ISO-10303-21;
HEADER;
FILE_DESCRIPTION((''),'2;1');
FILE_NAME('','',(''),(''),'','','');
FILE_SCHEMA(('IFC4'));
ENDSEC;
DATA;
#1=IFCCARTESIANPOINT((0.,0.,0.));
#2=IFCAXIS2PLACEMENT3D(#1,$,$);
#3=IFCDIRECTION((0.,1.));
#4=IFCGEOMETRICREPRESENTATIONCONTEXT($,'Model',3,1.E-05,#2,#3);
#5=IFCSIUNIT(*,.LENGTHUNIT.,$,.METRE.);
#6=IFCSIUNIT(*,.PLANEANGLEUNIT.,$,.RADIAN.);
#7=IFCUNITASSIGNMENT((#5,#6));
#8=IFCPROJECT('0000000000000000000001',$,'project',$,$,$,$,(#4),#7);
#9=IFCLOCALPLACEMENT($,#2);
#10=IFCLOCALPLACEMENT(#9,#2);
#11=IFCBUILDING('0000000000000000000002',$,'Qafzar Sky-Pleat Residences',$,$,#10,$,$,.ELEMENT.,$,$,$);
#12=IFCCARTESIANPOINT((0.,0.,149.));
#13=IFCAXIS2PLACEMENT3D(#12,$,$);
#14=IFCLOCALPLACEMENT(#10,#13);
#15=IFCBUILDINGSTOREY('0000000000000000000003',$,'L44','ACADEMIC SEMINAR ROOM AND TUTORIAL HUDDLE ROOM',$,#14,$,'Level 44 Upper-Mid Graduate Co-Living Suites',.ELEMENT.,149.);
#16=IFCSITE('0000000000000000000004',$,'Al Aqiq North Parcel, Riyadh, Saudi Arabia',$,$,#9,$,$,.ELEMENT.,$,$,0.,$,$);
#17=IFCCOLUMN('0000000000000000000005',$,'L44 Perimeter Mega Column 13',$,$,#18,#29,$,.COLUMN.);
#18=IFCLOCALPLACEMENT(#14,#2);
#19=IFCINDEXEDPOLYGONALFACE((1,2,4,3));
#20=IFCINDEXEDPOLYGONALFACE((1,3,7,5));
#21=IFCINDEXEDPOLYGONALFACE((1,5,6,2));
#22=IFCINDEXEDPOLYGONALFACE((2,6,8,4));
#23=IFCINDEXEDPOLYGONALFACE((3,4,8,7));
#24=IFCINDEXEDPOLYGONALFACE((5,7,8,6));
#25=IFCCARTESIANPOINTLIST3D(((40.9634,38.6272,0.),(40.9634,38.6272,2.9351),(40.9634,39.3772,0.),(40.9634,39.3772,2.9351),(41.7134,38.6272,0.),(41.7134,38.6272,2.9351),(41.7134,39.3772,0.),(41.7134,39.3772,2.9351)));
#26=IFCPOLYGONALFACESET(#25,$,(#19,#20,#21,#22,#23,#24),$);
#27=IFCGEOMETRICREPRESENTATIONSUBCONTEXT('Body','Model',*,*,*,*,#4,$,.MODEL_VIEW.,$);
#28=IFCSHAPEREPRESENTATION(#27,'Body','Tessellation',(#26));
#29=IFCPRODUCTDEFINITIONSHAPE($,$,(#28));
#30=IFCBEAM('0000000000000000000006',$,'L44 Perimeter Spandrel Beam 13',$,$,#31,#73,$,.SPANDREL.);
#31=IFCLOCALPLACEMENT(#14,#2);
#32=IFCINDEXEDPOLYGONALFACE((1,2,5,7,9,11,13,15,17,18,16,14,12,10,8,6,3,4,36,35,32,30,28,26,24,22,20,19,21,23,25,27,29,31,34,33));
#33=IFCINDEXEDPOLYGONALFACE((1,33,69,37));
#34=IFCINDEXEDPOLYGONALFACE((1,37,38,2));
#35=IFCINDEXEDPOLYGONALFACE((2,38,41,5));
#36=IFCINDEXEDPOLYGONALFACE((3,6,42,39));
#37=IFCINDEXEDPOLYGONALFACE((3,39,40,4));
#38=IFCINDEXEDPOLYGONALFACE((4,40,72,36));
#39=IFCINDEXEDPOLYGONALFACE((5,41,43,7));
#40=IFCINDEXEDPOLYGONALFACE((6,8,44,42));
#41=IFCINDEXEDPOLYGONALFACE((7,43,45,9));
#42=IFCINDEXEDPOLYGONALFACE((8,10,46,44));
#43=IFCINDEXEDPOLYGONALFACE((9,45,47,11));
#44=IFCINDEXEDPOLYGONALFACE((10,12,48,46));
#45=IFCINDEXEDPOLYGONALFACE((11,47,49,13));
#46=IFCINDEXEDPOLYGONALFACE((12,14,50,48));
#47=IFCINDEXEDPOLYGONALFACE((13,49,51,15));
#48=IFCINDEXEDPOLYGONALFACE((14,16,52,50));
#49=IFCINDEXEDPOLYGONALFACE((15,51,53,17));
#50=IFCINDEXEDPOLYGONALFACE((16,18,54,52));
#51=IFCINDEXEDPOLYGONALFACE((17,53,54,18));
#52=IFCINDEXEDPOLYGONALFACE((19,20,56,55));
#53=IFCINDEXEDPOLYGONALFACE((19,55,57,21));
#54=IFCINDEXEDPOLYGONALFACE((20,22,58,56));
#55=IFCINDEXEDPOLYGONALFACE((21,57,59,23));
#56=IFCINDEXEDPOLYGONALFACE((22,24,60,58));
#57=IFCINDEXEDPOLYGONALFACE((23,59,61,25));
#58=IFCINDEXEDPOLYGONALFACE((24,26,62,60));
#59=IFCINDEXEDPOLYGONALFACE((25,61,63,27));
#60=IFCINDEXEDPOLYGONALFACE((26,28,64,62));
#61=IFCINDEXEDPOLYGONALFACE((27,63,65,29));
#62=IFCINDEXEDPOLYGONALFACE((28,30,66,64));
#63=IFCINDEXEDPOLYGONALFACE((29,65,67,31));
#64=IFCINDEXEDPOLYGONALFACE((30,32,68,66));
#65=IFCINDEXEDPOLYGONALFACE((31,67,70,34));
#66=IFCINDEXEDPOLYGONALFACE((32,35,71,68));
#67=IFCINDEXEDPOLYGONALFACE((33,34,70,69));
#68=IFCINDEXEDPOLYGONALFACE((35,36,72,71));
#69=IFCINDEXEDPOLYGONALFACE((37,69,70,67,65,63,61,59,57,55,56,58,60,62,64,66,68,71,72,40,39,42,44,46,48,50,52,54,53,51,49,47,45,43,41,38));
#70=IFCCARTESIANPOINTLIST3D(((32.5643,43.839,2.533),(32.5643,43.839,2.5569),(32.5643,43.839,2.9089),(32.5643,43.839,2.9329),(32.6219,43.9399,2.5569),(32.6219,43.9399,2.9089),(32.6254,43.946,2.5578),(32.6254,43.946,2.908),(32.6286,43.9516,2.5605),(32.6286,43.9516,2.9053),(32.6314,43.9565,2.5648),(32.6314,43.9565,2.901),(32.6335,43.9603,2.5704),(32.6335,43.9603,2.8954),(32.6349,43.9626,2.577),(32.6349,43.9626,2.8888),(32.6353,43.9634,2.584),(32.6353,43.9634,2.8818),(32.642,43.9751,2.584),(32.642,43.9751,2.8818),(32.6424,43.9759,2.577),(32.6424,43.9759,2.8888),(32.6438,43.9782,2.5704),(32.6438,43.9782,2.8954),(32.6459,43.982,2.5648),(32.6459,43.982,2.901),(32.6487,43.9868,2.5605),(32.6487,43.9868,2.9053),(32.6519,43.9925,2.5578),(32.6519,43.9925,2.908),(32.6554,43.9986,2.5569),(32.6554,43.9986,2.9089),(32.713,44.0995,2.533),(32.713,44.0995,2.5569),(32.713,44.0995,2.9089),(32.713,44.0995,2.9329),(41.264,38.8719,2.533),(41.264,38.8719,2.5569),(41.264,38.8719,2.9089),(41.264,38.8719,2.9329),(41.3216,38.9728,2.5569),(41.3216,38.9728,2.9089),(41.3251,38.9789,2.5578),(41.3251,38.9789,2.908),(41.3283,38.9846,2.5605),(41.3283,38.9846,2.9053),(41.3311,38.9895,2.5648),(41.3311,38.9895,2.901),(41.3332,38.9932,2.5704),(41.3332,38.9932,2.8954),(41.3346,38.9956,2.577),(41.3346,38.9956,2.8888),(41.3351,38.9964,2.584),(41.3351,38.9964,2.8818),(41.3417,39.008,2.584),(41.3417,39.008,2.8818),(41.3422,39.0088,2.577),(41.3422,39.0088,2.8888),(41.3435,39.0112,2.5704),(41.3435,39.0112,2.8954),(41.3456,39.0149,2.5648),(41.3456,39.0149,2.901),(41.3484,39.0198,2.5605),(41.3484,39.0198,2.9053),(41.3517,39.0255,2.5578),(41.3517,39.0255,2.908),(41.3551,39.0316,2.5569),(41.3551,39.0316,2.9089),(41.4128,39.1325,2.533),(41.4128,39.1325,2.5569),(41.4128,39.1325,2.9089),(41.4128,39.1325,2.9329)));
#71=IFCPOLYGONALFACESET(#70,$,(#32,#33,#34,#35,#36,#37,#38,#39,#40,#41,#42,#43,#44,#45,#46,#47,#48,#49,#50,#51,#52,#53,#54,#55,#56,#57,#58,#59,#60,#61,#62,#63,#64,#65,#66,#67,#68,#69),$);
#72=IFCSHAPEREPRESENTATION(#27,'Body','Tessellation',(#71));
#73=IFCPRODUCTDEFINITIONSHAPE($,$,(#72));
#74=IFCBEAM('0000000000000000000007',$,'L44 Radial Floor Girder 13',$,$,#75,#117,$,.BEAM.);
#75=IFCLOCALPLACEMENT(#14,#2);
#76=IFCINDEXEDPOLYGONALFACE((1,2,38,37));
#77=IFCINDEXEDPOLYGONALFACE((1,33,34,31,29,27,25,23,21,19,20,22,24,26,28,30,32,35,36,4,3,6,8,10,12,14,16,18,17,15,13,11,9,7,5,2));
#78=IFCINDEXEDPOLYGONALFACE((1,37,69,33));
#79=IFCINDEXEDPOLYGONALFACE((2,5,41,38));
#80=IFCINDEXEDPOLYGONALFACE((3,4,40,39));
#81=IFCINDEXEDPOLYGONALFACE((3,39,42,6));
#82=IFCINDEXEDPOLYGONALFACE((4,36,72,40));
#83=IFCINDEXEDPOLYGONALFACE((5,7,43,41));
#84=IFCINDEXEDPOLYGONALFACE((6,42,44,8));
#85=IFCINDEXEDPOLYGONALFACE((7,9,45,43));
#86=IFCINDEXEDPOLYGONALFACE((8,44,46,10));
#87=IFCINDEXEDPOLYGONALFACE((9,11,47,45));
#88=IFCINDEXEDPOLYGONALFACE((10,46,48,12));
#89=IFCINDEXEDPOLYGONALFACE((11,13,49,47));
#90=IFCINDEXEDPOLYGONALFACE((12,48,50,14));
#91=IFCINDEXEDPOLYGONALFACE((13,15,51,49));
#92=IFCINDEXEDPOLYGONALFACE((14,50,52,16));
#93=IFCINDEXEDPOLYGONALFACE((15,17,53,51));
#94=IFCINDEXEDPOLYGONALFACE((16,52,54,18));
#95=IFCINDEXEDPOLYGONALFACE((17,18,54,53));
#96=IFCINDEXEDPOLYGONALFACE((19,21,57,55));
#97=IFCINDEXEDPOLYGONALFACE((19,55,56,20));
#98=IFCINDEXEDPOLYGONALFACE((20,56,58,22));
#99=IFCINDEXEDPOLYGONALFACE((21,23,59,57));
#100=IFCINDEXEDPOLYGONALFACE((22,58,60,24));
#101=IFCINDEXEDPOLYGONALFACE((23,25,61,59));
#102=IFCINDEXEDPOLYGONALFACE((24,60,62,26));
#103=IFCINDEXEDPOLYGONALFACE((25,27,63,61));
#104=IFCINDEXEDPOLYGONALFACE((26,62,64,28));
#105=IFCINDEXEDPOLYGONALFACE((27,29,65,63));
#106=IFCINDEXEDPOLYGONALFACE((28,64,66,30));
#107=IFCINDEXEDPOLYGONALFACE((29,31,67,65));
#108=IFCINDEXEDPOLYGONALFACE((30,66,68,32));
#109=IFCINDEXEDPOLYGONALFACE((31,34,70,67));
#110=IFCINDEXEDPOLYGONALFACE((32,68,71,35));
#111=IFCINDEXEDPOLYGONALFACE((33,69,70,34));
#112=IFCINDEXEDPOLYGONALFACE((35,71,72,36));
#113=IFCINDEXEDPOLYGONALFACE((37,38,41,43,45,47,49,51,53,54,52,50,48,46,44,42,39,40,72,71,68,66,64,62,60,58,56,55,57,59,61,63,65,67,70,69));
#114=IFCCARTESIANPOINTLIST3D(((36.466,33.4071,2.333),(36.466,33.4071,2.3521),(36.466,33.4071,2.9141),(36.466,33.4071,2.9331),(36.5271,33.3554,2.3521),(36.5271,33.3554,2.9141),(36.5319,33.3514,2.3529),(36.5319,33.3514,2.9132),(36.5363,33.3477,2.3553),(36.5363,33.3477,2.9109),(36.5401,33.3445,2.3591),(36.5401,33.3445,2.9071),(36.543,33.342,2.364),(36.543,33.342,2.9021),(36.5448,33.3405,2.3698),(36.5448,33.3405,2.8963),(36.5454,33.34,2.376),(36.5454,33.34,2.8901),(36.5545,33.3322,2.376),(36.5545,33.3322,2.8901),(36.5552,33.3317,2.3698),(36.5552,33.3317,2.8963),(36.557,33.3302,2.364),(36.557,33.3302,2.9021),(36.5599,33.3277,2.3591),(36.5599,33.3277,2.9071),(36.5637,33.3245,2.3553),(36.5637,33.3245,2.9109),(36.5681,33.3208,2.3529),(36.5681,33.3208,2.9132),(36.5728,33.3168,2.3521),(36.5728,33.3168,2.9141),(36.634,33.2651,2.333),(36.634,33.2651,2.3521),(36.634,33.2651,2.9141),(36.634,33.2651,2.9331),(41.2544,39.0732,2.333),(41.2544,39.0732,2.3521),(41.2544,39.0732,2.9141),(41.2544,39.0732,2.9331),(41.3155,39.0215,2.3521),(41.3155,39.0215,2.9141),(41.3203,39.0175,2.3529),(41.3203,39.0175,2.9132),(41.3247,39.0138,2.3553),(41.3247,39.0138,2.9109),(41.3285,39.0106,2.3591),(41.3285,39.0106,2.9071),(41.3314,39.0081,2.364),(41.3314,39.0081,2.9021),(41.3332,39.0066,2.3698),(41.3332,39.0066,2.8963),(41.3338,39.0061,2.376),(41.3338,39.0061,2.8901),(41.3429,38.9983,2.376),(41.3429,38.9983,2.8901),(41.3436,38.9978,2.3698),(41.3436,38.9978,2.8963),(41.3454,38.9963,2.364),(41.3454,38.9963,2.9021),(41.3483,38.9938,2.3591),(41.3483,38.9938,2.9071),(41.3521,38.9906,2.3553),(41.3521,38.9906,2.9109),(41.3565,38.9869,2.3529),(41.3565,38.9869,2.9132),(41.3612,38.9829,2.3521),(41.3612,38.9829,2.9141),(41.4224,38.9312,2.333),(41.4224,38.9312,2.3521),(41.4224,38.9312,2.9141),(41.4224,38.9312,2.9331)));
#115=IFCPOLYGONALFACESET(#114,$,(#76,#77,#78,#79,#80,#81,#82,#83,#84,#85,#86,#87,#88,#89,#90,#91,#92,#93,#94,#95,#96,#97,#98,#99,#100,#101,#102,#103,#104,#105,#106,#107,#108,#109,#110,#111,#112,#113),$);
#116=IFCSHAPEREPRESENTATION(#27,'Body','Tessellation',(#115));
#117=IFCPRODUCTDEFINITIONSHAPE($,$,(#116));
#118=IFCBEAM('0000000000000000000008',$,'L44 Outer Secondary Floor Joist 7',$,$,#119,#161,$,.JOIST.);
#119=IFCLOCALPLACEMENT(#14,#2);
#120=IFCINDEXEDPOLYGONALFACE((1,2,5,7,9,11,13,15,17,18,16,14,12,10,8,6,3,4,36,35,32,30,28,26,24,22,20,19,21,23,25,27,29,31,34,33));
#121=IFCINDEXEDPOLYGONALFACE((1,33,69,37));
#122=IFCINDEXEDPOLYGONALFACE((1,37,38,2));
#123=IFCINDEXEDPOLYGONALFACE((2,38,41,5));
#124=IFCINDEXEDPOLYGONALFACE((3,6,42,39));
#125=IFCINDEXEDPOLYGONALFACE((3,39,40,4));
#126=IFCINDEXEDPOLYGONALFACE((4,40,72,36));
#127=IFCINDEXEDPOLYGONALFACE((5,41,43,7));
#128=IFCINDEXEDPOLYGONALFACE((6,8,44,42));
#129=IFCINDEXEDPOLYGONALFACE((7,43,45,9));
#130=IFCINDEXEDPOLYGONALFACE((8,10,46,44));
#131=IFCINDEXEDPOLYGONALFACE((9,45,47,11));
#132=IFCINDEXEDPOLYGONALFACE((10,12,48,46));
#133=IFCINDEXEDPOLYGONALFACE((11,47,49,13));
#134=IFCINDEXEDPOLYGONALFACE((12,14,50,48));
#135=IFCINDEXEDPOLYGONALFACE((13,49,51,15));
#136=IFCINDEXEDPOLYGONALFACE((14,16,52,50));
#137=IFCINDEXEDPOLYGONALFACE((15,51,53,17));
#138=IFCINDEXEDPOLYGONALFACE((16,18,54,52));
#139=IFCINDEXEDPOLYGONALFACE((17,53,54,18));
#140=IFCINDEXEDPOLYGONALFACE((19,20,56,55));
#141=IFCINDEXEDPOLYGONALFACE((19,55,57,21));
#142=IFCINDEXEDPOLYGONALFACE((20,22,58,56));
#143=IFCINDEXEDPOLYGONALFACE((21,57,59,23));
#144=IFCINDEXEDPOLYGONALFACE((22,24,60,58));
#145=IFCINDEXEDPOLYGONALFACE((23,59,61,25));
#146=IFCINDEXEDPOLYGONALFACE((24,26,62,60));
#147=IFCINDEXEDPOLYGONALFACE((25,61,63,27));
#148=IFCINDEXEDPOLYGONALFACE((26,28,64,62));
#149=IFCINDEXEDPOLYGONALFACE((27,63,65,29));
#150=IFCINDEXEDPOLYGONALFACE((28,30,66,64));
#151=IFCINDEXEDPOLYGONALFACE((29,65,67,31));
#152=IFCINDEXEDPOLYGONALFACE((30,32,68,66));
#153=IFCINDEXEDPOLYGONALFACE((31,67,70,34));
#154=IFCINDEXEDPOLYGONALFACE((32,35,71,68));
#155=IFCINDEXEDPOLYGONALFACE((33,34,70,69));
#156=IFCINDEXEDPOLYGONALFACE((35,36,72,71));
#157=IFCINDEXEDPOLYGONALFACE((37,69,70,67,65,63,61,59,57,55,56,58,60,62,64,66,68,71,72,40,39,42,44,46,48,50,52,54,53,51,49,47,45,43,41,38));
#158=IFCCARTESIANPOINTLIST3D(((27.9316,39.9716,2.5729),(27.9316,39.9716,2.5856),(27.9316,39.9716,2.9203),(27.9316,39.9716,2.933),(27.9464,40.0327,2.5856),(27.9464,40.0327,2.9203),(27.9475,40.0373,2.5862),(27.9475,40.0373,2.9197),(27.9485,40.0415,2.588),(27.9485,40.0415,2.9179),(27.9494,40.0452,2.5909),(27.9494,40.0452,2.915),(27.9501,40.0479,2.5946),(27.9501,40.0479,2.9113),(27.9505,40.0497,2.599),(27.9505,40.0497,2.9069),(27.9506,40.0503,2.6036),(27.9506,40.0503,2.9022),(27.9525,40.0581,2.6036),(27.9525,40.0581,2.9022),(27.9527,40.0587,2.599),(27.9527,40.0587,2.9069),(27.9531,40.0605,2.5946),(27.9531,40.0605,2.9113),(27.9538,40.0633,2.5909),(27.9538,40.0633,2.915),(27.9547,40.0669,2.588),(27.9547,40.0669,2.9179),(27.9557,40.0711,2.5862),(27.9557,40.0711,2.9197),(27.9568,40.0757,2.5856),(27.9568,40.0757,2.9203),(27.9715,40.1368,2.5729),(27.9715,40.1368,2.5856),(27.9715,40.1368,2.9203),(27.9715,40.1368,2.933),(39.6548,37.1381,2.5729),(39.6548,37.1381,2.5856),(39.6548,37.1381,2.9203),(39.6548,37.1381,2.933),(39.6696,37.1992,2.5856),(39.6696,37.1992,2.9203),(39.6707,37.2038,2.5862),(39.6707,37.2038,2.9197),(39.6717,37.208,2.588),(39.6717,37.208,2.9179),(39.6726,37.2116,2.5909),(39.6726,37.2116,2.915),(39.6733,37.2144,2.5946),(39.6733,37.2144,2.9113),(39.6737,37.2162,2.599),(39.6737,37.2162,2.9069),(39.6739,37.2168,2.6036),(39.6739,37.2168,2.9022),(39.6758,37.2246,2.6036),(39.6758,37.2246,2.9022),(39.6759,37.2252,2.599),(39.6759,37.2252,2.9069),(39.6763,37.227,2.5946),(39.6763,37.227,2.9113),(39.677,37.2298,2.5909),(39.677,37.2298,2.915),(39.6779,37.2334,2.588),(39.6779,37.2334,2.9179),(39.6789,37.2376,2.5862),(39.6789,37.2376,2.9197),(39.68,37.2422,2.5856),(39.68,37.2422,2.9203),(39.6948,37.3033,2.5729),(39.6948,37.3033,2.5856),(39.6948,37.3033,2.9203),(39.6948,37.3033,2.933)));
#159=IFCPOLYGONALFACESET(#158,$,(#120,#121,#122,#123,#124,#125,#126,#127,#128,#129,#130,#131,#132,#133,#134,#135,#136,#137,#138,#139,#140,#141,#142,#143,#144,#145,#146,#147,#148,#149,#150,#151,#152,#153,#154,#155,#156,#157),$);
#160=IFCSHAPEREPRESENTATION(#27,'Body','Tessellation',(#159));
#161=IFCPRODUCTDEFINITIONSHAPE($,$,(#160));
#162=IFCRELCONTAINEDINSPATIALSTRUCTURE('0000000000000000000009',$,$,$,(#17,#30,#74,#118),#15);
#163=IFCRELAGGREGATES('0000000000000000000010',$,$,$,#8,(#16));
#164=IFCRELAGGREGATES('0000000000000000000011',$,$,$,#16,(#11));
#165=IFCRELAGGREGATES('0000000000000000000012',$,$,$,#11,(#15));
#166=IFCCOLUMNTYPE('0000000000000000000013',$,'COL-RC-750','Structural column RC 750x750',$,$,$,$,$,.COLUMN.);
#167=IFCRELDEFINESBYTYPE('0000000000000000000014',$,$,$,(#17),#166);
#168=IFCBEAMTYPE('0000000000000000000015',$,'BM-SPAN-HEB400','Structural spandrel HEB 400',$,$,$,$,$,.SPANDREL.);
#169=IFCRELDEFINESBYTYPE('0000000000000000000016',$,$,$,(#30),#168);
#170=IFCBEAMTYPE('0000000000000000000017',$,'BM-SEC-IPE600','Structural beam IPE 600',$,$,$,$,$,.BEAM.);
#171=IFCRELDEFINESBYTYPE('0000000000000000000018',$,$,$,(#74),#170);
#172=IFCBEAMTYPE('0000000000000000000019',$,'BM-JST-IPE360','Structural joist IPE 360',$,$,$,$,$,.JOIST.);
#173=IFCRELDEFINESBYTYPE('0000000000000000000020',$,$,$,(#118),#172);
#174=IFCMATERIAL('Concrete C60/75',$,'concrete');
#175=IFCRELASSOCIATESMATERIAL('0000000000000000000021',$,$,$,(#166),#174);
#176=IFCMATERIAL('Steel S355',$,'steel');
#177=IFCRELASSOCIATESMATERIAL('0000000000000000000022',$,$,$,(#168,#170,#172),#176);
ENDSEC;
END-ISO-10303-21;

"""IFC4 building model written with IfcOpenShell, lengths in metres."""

from ifc_helpers import new_model, si_unit, direction, frame, origin, origin_2d, place, context, subcontext, project, spatial, rectangle, i_section, extrude, source, transform, mapped, material, material_profile, profile_set, type_object, element, save


model = new_model("IFC4")

# Units and contexts
model_context = context("Model", 3, precision=1e-05, world=origin(), true_north=direction((0.0, 1.0)))
body_context = subcontext(model_context, "Body", "Model", "MODEL_VIEW")
ifc_project = project(units=[si_unit("LENGTHUNIT", "METRE"), si_unit("PLANEANGLEUNIT", "RADIAN")], contexts=[model_context])

# Site, building, storey
site_placement = place(None, origin())
site = spatial("IfcSite", under=ifc_project, at=site_placement, Name="Al Aqiq North Parcel, Riyadh, Saudi Arabia", CompositionType="ELEMENT", RefElevation=0.0)
building_placement = place(site_placement, origin())
building = spatial("IfcBuilding", under=site, at=building_placement, Name="Qafzar Sky-Pleat Residences", CompositionType="ELEMENT")
storey_placement = place(building_placement, frame((0.0, 0.0, 149.0)))
storey = spatial("IfcBuildingStorey", under=building, at=storey_placement, Name="L44", Description="ACADEMIC SEMINAR ROOM AND TUTORIAL HUDDLE ROOM", LongName="Level 44 Upper-Mid Graduate Co-Living Suites", CompositionType="ELEMENT", Elevation=149.0)

# Column
ifc_material_1 = material(Name="Concrete C60/75", Category="concrete")
ifc_material_profile_1 = material_profile(ifc_material_1, rectangle(XDim=0.75, YDim=0.75, at=origin_2d()), Name="RC 750x750")
ifc_profile_set_1 = profile_set([ifc_material_profile_1], Name="Concrete C60/75")
column_type = type_object("IfcColumnType", Name="COL-RC-750", Description="Structural column RC 750x750", PredefinedType="COLUMN", material=ifc_profile_set_1)
shared_shape_1 = source(origin(), body_context, "Body", "SweptSolid", [
    extrude(rectangle(XDim=0.75, YDim=0.75, at=origin_2d()), origin(), (0.0, 0.0, 1.0), 2.9351),
])
column_placement = place(storey_placement, frame((41.3384, 39.0022, 0.0), z_axis=(0.0, 0.0, 1.0), x_axis=(1.0, 0.0, 0.0)))
element("IfcColumn", 1, at=column_placement, inside=storey, type_object=column_type, Name="L44 Perimeter Mega Column 13", PredefinedType="COLUMN", context=body_context, shape_type="MappedRepresentation", body=[
    mapped(shared_shape_1, transform((0.0, 0.0, 0.0), x_axis=(1.0, 0.0, 0.0), y_axis=(0.0, 1.0, 0.0), z_axis=(0.0, 0.0, 1.0), scale=1.0)),
])

# Beams
ifc_material_2 = material(Name="Steel S355", Category="steel")
ifc_material_profile_2 = material_profile(ifc_material_2, i_section(OverallWidth=0.3, OverallDepth=0.3999, WebThickness=0.0134, FlangeThickness=0.0239, FilletRadius=0.0271, at=origin_2d()), Name="HEB 400")
ifc_profile_set_2 = profile_set([ifc_material_profile_2], Name="Steel S355")
beam_type_1 = type_object("IfcBeamType", Name="BM-SPAN-HEB400", Description="Structural spandrel HEB 400", PredefinedType="SPANDREL", material=ifc_profile_set_2)
shared_shape_2 = source(origin(), body_context, "Body", "SweptSolid", [
    extrude(i_section(OverallWidth=0.3, OverallDepth=0.3999, WebThickness=0.0134, FlangeThickness=0.0239, FilletRadius=0.0271, at=origin_2d()), origin(), (0.0, 0.0, 1.0), 10.0178),
])
beam_1_placement = place(storey_placement, frame((41.3384, 39.0022, 2.7329), z_axis=(-0.868425, 0.495821, 0.0), x_axis=(-0.495821, -0.868425, 0.0)))
element("IfcBeam", 2, at=beam_1_placement, inside=storey, type_object=beam_type_1, Name="L44 Perimeter Spandrel Beam 13", PredefinedType="SPANDREL", context=body_context, shape_type="MappedRepresentation", body=[
    mapped(shared_shape_2, transform((0.0, 0.0, 0.0), x_axis=(1.0, 0.0, 0.0), y_axis=(0.0, 1.0, 0.0), z_axis=(0.0, 0.0, 1.0), scale=1.0)),
])
ifc_material_profile_3 = material_profile(ifc_material_2, i_section(OverallWidth=0.22, OverallDepth=0.6001, WebThickness=0.012, FlangeThickness=0.019, FilletRadius=0.0239, at=origin_2d()), Name="IPE 600")
ifc_profile_set_3 = profile_set([ifc_material_profile_3], Name="Steel S355")
beam_type_2 = type_object("IfcBeamType", Name="BM-SEC-IPE600", Description="Structural beam IPE 600", PredefinedType="BEAM", material=ifc_profile_set_3)
shared_shape_3 = source(origin(), body_context, "Body", "SweptSolid", [
    extrude(i_section(OverallWidth=0.22, OverallDepth=0.6001, WebThickness=0.012, FlangeThickness=0.019, FilletRadius=0.0239, at=origin_2d()), origin(), (0.0, 0.0, 1.0), 7.4185),
])
beam_2_placement = place(storey_placement, frame((41.3384, 39.0022, 2.6331), z_axis=(-0.645472, -0.763784, 0.0), x_axis=(0.763784, -0.645472, 0.0)))
element("IfcBeam", 3, at=beam_2_placement, inside=storey, type_object=beam_type_2, Name="L44 Radial Floor Girder 13", PredefinedType="BEAM", context=body_context, shape_type="MappedRepresentation", body=[
    mapped(shared_shape_3, transform((0.0, 0.0, 0.0), x_axis=(1.0, 0.0, 0.0), y_axis=(0.0, 1.0, 0.0), z_axis=(0.0, 0.0, 1.0), scale=1.0)),
])
ifc_material_profile_4 = material_profile(ifc_material_2, i_section(OverallWidth=0.1699, OverallDepth=0.3601, WebThickness=0.0081, FlangeThickness=0.0127, FilletRadius=0.0181, at=origin_2d()), Name="IPE 360")
ifc_profile_set_4 = profile_set([ifc_material_profile_4], Name="Steel S355")
beam_type_3 = type_object("IfcBeamType", Name="BM-JST-IPE360", Description="Structural joist IPE 360", PredefinedType="JOIST", material=ifc_profile_set_4)
shared_shape_4 = source(origin(), body_context, "Body", "SweptSolid", [
    extrude(i_section(OverallWidth=0.1699, OverallDepth=0.3601, WebThickness=0.0081, FlangeThickness=0.0127, FilletRadius=0.0181, at=origin_2d()), origin(), (0.0, 0.0, 1.0), 12.0608),
])
beam_3_placement = place(storey_placement, frame((39.6748, 37.2207, 2.7529), z_axis=(-0.972011, 0.234936, 0.0), x_axis=(-0.234936, -0.972011, 0.0)))
element("IfcBeam", 4, at=beam_3_placement, inside=storey, type_object=beam_type_3, Name="L44 Outer Secondary Floor Joist 7", PredefinedType="JOIST", context=body_context, shape_type="MappedRepresentation", body=[
    mapped(shared_shape_4, transform((0.0, 0.0, 0.0), x_axis=(1.0, 0.0, 0.0), y_axis=(0.0, 1.0, 0.0), z_axis=(0.0, 0.0, 1.0), scale=1.0)),
])

save(model, "model.ifc")
